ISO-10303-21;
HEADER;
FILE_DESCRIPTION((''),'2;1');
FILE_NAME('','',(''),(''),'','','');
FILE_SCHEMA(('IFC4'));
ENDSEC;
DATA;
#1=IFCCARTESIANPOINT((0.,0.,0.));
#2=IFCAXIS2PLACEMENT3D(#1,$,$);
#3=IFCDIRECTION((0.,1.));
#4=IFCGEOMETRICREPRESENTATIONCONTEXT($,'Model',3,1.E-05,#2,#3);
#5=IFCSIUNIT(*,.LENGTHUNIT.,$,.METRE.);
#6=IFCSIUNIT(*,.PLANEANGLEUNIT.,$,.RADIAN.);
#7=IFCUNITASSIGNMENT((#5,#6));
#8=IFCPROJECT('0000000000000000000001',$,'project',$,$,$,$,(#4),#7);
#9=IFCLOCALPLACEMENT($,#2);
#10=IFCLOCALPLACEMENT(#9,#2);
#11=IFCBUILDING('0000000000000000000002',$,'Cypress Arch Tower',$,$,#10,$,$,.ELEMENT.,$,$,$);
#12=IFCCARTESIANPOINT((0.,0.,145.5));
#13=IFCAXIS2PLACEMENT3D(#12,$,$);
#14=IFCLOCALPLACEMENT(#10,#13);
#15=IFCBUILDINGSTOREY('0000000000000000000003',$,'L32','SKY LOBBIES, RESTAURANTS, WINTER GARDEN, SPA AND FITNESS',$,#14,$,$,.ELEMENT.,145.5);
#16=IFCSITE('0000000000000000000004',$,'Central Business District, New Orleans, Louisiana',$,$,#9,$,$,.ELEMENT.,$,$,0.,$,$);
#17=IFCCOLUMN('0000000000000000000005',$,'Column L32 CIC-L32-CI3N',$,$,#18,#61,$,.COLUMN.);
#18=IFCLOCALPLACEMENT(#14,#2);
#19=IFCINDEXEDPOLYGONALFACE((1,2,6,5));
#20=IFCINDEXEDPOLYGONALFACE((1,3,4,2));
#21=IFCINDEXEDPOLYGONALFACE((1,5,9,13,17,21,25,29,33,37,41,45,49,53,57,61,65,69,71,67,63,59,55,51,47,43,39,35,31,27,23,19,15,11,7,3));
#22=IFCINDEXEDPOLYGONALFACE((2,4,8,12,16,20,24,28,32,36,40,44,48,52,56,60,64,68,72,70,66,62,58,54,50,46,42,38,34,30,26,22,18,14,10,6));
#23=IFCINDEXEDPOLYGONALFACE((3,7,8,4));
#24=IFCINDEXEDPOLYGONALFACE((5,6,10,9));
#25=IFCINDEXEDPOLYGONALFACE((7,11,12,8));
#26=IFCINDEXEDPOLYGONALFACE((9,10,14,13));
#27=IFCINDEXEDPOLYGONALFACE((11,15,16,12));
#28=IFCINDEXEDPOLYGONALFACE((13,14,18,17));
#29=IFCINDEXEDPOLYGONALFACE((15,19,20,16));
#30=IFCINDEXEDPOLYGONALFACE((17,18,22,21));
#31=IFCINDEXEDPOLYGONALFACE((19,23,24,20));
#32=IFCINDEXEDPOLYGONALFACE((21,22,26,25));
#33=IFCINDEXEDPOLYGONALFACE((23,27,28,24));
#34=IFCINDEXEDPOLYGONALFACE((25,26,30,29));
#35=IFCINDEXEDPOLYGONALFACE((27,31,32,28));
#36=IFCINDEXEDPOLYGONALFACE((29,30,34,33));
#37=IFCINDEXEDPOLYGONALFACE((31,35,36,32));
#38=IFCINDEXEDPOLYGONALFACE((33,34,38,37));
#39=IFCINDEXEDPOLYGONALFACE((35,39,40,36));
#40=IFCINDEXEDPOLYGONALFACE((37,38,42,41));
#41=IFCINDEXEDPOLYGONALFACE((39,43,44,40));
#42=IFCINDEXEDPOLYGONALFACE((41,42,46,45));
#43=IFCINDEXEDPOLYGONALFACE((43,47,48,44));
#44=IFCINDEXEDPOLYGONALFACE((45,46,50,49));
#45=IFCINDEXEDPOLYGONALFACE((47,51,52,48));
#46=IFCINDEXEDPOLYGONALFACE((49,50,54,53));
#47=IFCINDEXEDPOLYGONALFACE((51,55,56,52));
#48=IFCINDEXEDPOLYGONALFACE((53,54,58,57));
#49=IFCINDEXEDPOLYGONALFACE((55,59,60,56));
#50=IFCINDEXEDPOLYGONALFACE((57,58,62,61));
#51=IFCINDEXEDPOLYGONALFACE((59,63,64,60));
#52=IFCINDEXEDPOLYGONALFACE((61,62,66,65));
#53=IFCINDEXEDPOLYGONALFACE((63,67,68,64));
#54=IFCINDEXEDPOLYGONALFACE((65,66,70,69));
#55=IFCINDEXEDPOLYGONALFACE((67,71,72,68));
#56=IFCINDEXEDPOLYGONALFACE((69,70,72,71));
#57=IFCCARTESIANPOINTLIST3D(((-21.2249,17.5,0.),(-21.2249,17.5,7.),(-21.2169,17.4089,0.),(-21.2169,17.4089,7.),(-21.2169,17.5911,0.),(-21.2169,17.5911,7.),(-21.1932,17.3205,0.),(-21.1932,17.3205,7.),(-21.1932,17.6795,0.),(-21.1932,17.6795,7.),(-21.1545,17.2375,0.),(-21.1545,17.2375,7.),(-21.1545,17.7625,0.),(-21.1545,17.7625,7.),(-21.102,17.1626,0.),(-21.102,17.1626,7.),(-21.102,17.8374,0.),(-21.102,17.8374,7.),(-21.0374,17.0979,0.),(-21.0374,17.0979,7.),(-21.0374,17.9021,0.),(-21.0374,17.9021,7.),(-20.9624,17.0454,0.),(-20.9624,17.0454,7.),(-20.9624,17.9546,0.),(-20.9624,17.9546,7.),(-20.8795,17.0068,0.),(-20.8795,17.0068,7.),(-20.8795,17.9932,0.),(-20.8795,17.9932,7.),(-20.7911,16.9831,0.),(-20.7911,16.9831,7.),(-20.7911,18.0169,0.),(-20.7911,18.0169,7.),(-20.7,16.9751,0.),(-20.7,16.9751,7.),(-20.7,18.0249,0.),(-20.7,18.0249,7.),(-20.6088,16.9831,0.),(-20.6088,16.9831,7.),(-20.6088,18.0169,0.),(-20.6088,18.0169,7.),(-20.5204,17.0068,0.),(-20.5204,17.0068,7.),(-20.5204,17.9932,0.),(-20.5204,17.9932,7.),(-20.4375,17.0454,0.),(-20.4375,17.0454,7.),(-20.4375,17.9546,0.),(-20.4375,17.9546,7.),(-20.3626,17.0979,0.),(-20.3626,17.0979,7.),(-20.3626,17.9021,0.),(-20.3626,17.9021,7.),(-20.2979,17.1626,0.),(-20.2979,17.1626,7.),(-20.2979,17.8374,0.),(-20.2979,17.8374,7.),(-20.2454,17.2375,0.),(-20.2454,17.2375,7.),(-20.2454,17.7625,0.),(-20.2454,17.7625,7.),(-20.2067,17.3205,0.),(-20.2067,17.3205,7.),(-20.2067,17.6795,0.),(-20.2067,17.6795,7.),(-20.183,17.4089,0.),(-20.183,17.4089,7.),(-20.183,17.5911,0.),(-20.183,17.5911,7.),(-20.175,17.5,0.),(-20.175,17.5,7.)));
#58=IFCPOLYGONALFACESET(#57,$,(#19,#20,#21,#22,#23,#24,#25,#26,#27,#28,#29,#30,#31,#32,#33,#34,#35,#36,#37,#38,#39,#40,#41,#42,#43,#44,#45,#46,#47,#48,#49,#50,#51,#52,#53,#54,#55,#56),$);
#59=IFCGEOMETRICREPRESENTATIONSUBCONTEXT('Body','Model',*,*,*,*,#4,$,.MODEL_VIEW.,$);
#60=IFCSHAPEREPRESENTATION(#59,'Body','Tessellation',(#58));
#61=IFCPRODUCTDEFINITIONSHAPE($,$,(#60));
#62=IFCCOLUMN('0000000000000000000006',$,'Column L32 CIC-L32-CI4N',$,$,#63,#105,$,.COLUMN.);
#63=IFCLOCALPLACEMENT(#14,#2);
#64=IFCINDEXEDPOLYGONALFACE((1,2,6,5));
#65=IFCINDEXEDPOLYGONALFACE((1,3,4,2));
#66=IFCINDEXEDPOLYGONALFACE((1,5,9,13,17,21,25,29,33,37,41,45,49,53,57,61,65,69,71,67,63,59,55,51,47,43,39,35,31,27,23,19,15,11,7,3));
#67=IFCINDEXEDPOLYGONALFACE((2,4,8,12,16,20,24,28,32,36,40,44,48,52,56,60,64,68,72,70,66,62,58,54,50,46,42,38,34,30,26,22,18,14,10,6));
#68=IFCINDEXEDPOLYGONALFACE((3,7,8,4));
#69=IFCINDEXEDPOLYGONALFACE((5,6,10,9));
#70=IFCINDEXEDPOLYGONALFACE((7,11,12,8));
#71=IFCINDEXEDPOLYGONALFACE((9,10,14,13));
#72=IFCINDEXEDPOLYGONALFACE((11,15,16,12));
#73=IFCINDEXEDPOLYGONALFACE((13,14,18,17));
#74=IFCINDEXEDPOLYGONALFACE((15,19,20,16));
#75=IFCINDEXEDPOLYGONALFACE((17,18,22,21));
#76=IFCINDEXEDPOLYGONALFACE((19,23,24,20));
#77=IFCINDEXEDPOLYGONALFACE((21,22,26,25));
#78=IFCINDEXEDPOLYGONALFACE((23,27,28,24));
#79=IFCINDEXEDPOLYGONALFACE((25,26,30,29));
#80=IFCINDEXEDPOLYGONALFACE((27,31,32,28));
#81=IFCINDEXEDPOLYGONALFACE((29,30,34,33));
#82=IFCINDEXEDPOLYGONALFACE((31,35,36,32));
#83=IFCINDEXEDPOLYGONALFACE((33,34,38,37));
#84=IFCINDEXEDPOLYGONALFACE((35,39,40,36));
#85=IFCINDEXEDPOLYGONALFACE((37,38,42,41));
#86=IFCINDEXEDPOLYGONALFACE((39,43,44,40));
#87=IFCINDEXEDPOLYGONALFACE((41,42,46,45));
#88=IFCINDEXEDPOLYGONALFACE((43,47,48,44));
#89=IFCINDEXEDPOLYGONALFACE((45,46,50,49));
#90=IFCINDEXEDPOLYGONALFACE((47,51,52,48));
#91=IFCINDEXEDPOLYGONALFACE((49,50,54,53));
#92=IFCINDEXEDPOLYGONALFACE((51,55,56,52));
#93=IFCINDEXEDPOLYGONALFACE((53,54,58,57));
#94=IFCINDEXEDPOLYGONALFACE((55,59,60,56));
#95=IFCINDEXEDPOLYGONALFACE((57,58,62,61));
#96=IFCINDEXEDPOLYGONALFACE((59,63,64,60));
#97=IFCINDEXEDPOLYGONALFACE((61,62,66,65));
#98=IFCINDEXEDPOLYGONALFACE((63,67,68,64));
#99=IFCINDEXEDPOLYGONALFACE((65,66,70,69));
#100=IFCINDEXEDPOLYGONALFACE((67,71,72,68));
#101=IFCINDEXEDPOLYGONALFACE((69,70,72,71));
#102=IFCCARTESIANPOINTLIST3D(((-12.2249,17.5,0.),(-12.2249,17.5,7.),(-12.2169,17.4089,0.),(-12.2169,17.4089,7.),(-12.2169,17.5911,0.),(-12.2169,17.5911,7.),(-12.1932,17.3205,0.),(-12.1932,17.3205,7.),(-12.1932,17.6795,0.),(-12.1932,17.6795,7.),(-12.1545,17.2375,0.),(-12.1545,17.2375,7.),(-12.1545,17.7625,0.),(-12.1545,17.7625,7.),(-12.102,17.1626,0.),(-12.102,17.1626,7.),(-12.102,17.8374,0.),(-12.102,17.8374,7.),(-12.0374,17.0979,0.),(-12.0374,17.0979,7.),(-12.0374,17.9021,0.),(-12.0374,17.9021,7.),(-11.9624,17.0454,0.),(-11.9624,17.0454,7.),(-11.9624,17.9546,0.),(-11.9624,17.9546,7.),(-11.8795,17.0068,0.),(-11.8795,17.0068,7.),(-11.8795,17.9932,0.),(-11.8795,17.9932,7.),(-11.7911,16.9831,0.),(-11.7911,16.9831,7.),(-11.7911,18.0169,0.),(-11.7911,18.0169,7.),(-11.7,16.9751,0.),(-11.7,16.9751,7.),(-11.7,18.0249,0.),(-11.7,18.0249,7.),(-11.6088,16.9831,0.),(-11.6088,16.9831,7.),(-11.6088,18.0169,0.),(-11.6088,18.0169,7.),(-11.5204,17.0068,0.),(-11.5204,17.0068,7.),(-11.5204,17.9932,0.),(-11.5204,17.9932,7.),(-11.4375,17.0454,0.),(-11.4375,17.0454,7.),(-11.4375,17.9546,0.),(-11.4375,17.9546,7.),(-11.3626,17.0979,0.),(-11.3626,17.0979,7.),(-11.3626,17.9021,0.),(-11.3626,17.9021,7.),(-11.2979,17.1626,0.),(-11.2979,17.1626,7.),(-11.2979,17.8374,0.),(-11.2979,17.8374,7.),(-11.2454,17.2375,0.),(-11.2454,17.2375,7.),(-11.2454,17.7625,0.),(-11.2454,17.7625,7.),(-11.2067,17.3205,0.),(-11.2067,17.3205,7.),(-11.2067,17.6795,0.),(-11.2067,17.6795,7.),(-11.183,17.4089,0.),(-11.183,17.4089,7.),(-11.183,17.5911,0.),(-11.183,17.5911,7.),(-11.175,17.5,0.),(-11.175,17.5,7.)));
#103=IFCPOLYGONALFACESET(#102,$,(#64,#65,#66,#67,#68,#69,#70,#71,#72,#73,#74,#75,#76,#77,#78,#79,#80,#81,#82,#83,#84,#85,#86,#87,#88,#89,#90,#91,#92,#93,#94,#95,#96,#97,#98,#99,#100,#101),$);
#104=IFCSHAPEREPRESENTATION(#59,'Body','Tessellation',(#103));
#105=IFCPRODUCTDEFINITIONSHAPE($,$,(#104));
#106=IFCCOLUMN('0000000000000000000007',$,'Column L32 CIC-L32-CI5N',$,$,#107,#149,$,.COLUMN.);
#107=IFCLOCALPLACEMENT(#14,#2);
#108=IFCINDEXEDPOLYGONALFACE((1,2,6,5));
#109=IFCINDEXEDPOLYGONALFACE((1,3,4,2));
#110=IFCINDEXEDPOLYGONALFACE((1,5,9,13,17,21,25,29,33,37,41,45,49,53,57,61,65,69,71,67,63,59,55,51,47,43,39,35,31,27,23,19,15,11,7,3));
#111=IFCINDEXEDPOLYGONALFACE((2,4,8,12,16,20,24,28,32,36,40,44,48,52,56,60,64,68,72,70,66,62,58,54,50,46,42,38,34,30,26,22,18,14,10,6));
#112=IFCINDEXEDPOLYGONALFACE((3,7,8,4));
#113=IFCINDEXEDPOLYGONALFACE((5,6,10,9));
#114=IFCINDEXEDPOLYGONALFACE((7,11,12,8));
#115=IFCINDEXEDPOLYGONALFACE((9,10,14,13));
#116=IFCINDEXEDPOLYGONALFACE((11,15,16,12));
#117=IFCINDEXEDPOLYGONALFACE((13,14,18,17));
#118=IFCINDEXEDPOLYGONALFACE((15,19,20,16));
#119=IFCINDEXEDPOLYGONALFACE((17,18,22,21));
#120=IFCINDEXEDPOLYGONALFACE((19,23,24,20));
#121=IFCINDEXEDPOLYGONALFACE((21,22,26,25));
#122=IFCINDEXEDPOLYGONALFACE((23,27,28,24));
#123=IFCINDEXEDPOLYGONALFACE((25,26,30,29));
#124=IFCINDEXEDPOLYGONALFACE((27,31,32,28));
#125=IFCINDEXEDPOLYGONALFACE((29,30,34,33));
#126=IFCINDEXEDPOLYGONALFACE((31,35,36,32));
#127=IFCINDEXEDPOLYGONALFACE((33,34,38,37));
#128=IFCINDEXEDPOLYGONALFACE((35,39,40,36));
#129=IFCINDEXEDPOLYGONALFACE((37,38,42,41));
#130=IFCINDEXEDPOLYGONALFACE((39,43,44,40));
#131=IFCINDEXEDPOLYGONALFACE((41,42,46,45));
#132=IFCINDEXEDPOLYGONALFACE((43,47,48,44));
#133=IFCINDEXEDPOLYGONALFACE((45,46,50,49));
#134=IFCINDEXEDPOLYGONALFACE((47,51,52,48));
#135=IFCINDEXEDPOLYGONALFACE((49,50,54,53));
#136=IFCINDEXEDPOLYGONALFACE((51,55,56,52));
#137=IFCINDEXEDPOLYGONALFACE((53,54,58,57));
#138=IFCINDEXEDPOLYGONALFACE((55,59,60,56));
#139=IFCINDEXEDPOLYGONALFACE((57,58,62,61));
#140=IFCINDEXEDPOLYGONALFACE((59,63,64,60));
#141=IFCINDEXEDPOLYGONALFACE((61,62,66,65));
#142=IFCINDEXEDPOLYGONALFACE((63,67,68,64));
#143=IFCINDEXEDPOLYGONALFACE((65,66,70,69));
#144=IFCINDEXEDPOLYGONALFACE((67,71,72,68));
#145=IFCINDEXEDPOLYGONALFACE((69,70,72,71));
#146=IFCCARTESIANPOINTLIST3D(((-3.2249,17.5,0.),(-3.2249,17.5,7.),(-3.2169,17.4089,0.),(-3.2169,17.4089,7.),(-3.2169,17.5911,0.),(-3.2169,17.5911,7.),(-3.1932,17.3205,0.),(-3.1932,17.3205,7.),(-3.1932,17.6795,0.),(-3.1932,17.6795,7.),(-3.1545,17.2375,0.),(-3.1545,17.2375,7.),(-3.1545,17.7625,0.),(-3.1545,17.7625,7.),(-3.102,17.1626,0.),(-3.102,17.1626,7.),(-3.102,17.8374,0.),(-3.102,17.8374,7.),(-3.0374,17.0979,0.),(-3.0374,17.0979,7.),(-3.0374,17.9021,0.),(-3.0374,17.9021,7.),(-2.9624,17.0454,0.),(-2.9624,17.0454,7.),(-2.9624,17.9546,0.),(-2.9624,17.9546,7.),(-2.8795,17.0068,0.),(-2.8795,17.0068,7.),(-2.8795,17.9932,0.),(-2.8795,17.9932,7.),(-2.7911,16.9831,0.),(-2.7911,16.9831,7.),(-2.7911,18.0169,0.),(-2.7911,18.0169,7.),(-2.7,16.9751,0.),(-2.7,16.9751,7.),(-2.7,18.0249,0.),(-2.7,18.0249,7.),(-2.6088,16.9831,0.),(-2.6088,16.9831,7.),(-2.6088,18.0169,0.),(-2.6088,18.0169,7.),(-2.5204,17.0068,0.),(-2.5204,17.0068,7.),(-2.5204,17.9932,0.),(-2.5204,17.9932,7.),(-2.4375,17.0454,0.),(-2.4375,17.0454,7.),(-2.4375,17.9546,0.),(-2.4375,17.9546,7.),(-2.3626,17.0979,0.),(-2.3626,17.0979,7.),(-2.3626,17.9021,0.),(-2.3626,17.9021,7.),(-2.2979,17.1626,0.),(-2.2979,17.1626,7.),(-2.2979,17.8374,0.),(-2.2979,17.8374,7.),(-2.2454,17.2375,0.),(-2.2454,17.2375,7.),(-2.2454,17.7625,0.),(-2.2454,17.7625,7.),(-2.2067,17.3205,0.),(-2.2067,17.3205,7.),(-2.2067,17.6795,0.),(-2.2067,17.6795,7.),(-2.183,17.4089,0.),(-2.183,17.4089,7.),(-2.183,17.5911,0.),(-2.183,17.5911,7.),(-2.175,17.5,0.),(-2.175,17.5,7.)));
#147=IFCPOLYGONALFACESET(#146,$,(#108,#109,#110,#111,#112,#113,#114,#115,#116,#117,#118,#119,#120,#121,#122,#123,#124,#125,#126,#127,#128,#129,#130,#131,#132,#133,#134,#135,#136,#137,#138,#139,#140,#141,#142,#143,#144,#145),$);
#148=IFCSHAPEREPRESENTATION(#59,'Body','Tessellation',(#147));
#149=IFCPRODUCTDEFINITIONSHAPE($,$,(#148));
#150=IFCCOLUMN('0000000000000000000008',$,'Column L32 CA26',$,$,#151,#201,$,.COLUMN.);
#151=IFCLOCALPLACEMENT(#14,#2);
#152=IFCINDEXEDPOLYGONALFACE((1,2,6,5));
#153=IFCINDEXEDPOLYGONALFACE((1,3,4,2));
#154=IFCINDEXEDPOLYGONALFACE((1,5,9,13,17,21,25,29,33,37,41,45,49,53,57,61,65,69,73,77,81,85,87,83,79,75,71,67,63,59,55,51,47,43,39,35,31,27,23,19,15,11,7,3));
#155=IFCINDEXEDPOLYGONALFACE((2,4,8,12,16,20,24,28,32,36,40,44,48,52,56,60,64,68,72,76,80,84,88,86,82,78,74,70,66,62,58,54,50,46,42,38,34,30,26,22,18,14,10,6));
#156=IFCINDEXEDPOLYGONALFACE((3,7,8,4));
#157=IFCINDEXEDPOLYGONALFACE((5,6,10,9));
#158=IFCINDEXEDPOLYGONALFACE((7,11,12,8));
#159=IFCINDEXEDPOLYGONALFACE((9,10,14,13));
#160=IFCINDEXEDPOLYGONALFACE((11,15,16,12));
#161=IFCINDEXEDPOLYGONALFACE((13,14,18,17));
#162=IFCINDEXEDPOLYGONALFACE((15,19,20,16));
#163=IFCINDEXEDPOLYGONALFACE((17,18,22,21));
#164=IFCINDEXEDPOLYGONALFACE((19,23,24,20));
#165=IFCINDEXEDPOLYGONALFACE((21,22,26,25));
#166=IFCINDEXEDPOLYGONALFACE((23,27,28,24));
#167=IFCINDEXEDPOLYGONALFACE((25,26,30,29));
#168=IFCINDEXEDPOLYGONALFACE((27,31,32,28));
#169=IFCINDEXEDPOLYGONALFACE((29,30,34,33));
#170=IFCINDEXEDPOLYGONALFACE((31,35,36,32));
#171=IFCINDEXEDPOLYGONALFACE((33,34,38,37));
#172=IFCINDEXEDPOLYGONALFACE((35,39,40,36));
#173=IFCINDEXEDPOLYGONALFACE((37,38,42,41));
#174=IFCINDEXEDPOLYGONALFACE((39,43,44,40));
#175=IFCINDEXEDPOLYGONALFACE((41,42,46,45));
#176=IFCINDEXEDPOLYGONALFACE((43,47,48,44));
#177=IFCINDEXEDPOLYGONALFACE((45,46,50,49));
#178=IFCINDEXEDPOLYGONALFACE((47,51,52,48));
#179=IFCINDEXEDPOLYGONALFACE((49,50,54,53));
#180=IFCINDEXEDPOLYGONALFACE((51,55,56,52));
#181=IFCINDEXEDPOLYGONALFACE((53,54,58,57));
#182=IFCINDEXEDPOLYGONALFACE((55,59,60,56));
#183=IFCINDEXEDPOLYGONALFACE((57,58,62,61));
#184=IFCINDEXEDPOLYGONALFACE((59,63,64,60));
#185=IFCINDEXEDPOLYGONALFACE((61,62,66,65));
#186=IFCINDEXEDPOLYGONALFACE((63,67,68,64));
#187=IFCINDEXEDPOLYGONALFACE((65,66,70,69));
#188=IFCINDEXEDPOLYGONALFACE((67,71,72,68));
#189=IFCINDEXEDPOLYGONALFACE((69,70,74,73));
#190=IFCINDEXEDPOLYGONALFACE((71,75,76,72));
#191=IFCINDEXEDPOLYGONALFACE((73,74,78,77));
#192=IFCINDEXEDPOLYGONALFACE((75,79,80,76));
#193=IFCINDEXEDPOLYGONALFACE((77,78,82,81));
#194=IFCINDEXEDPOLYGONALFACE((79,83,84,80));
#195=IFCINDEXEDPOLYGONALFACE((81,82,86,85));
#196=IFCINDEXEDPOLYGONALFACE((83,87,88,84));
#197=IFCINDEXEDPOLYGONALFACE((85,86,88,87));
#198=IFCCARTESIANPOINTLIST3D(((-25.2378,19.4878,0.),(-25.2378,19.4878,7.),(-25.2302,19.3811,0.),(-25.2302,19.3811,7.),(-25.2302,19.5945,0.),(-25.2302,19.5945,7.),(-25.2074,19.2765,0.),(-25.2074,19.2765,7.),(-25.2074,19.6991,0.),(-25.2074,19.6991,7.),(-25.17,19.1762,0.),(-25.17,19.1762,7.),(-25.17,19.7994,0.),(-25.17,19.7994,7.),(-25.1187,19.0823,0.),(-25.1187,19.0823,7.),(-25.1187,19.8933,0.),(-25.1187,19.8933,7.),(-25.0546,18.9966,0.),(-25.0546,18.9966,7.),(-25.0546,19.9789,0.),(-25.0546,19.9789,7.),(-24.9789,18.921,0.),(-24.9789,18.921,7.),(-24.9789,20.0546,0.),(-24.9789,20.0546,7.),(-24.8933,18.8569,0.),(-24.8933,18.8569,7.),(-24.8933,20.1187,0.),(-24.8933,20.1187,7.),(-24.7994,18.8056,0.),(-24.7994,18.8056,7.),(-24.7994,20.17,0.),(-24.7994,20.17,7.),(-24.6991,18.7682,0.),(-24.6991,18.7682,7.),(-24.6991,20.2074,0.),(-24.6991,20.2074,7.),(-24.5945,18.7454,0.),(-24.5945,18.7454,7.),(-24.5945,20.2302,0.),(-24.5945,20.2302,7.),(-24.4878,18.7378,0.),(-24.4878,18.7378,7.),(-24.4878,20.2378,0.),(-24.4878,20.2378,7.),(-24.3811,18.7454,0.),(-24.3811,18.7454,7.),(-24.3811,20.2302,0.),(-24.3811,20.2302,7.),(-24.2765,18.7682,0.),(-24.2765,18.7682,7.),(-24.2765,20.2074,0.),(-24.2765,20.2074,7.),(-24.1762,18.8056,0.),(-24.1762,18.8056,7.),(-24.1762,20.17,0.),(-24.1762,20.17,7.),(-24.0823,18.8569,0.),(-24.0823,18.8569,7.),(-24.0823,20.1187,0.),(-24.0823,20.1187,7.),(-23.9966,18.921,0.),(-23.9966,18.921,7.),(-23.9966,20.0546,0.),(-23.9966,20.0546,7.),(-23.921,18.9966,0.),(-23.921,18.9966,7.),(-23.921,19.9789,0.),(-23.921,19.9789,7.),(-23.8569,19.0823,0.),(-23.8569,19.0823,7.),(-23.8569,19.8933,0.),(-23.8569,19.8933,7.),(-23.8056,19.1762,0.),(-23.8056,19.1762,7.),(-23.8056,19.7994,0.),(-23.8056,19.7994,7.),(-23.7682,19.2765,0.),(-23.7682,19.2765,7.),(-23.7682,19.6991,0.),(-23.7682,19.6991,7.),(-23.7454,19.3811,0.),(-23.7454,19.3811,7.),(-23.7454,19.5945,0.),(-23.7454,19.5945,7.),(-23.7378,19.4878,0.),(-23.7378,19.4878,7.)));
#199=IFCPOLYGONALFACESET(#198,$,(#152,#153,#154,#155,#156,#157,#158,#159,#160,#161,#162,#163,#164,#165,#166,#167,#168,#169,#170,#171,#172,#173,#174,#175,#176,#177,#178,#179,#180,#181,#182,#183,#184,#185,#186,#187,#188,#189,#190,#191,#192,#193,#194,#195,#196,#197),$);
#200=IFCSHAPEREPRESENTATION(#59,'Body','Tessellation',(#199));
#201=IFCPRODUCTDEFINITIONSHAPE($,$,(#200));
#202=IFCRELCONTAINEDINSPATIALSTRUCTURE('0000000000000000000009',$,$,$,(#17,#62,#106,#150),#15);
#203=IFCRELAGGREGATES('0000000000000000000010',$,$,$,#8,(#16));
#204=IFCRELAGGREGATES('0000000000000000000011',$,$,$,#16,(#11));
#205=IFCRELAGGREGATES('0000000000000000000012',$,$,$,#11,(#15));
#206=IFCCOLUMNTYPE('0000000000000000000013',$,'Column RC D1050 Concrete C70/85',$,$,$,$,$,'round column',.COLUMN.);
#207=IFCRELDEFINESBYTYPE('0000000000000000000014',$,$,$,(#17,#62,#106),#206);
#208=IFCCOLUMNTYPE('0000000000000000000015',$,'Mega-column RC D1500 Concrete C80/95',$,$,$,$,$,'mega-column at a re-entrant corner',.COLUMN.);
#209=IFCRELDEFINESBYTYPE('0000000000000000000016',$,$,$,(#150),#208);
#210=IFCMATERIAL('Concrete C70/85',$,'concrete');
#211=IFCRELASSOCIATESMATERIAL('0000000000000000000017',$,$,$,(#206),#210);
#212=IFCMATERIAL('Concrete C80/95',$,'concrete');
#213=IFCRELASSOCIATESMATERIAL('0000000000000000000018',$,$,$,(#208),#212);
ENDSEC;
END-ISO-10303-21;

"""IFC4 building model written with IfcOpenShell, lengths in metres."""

from ifc_helpers import new_model, si_unit, direction, frame, origin, origin_2d, place, context, subcontext, project, spatial, circle, extrude, material, material_profile, profile_set, type_object, element, save


model = new_model("IFC4")

# Units and contexts
model_context = context("Model", 3, precision=1e-05, world=origin(), true_north=direction((0.0, 1.0)))
body_context = subcontext(model_context, "Body", "Model", "MODEL_VIEW")
ifc_project = project(units=[si_unit("LENGTHUNIT", "METRE"), si_unit("PLANEANGLEUNIT", "RADIAN")], contexts=[model_context])

# Site, building, storey
site_placement = place(None, origin())
site = spatial("IfcSite", under=ifc_project, at=site_placement, Name="Central Business District, New Orleans, Louisiana", CompositionType="ELEMENT", RefElevation=0.0)
building_placement = place(site_placement, origin())
building = spatial("IfcBuilding", under=site, at=building_placement, Name="Cypress Arch Tower", CompositionType="ELEMENT")
storey_placement = place(building_placement, frame((0.0, 0.0, 145.5)))
storey = spatial("IfcBuildingStorey", under=building, at=storey_placement, Name="L32", Description="SKY LOBBIES, RESTAURANTS, WINTER GARDEN, SPA AND FITNESS", CompositionType="ELEMENT", Elevation=145.5)

# Columns
ifc_material_1 = material(Name="Concrete C70/85", Category="concrete")
ifc_material_profile_1 = material_profile(ifc_material_1, circle(Radius=0.5249, at=origin_2d()), Name="RC D1050")
ifc_profile_set_1 = profile_set([ifc_material_profile_1], Name="Concrete C70/85")
column_type_1 = type_object("IfcColumnType", Name="Column RC D1050 Concrete C70/85", ElementType="round column", PredefinedType="COLUMN", material=ifc_profile_set_1)
for number, where, z_axis, x_axis, name in (
    (1, (-20.7, 17.5, 0.0), (0.0, 0.0, 1.0), (1.0, 0.0, 0.0), "Column L32 CIC-L32-CI3N"),
    (2, (-11.7, 17.5, 0.0), (0.0, 0.0, 1.0), (1.0, 0.0, 0.0), "Column L32 CIC-L32-CI4N"),
    (3, (-2.7, 17.5, 0.0), (0.0, 0.0, 1.0), (1.0, 0.0, 0.0), "Column L32 CIC-L32-CI5N"),
):
    element("IfcColumn", number, at=place(storey_placement, frame(where, z_axis=z_axis, x_axis=x_axis)), inside=storey, type_object=column_type_1, Name=name, PredefinedType="COLUMN", context=body_context, shape_type="SweptSolid", body=[
        extrude(circle(Radius=0.5249, at=origin_2d()), origin(), (0.0, 0.0, 1.0), 7.0),
    ])
ifc_material_2 = material(Name="Concrete C80/95", Category="concrete")
ifc_material_profile_2 = material_profile(ifc_material_2, circle(Radius=0.75, at=origin_2d()), Name="RC D1500")
ifc_profile_set_2 = profile_set([ifc_material_profile_2], Name="Concrete C80/95")
column_type_2 = type_object("IfcColumnType", Name="Mega-column RC D1500 Concrete C80/95", ElementType="mega-column at a re-entrant corner", PredefinedType="COLUMN", material=ifc_profile_set_2)
column_placement = place(storey_placement, frame((-24.4878, 19.4878, 0.0), z_axis=(0.0, 0.0, 1.0), x_axis=(1.0, 0.0, 0.0)))
element("IfcColumn", 4, at=column_placement, inside=storey, type_object=column_type_2, Name="Column L32 CA26", PredefinedType="COLUMN", context=body_context, shape_type="SweptSolid", body=[
    extrude(circle(Radius=0.75, at=origin_2d()), origin(), (0.0, 0.0, 1.0), 7.0),
])

save(model, "model.ifc")
